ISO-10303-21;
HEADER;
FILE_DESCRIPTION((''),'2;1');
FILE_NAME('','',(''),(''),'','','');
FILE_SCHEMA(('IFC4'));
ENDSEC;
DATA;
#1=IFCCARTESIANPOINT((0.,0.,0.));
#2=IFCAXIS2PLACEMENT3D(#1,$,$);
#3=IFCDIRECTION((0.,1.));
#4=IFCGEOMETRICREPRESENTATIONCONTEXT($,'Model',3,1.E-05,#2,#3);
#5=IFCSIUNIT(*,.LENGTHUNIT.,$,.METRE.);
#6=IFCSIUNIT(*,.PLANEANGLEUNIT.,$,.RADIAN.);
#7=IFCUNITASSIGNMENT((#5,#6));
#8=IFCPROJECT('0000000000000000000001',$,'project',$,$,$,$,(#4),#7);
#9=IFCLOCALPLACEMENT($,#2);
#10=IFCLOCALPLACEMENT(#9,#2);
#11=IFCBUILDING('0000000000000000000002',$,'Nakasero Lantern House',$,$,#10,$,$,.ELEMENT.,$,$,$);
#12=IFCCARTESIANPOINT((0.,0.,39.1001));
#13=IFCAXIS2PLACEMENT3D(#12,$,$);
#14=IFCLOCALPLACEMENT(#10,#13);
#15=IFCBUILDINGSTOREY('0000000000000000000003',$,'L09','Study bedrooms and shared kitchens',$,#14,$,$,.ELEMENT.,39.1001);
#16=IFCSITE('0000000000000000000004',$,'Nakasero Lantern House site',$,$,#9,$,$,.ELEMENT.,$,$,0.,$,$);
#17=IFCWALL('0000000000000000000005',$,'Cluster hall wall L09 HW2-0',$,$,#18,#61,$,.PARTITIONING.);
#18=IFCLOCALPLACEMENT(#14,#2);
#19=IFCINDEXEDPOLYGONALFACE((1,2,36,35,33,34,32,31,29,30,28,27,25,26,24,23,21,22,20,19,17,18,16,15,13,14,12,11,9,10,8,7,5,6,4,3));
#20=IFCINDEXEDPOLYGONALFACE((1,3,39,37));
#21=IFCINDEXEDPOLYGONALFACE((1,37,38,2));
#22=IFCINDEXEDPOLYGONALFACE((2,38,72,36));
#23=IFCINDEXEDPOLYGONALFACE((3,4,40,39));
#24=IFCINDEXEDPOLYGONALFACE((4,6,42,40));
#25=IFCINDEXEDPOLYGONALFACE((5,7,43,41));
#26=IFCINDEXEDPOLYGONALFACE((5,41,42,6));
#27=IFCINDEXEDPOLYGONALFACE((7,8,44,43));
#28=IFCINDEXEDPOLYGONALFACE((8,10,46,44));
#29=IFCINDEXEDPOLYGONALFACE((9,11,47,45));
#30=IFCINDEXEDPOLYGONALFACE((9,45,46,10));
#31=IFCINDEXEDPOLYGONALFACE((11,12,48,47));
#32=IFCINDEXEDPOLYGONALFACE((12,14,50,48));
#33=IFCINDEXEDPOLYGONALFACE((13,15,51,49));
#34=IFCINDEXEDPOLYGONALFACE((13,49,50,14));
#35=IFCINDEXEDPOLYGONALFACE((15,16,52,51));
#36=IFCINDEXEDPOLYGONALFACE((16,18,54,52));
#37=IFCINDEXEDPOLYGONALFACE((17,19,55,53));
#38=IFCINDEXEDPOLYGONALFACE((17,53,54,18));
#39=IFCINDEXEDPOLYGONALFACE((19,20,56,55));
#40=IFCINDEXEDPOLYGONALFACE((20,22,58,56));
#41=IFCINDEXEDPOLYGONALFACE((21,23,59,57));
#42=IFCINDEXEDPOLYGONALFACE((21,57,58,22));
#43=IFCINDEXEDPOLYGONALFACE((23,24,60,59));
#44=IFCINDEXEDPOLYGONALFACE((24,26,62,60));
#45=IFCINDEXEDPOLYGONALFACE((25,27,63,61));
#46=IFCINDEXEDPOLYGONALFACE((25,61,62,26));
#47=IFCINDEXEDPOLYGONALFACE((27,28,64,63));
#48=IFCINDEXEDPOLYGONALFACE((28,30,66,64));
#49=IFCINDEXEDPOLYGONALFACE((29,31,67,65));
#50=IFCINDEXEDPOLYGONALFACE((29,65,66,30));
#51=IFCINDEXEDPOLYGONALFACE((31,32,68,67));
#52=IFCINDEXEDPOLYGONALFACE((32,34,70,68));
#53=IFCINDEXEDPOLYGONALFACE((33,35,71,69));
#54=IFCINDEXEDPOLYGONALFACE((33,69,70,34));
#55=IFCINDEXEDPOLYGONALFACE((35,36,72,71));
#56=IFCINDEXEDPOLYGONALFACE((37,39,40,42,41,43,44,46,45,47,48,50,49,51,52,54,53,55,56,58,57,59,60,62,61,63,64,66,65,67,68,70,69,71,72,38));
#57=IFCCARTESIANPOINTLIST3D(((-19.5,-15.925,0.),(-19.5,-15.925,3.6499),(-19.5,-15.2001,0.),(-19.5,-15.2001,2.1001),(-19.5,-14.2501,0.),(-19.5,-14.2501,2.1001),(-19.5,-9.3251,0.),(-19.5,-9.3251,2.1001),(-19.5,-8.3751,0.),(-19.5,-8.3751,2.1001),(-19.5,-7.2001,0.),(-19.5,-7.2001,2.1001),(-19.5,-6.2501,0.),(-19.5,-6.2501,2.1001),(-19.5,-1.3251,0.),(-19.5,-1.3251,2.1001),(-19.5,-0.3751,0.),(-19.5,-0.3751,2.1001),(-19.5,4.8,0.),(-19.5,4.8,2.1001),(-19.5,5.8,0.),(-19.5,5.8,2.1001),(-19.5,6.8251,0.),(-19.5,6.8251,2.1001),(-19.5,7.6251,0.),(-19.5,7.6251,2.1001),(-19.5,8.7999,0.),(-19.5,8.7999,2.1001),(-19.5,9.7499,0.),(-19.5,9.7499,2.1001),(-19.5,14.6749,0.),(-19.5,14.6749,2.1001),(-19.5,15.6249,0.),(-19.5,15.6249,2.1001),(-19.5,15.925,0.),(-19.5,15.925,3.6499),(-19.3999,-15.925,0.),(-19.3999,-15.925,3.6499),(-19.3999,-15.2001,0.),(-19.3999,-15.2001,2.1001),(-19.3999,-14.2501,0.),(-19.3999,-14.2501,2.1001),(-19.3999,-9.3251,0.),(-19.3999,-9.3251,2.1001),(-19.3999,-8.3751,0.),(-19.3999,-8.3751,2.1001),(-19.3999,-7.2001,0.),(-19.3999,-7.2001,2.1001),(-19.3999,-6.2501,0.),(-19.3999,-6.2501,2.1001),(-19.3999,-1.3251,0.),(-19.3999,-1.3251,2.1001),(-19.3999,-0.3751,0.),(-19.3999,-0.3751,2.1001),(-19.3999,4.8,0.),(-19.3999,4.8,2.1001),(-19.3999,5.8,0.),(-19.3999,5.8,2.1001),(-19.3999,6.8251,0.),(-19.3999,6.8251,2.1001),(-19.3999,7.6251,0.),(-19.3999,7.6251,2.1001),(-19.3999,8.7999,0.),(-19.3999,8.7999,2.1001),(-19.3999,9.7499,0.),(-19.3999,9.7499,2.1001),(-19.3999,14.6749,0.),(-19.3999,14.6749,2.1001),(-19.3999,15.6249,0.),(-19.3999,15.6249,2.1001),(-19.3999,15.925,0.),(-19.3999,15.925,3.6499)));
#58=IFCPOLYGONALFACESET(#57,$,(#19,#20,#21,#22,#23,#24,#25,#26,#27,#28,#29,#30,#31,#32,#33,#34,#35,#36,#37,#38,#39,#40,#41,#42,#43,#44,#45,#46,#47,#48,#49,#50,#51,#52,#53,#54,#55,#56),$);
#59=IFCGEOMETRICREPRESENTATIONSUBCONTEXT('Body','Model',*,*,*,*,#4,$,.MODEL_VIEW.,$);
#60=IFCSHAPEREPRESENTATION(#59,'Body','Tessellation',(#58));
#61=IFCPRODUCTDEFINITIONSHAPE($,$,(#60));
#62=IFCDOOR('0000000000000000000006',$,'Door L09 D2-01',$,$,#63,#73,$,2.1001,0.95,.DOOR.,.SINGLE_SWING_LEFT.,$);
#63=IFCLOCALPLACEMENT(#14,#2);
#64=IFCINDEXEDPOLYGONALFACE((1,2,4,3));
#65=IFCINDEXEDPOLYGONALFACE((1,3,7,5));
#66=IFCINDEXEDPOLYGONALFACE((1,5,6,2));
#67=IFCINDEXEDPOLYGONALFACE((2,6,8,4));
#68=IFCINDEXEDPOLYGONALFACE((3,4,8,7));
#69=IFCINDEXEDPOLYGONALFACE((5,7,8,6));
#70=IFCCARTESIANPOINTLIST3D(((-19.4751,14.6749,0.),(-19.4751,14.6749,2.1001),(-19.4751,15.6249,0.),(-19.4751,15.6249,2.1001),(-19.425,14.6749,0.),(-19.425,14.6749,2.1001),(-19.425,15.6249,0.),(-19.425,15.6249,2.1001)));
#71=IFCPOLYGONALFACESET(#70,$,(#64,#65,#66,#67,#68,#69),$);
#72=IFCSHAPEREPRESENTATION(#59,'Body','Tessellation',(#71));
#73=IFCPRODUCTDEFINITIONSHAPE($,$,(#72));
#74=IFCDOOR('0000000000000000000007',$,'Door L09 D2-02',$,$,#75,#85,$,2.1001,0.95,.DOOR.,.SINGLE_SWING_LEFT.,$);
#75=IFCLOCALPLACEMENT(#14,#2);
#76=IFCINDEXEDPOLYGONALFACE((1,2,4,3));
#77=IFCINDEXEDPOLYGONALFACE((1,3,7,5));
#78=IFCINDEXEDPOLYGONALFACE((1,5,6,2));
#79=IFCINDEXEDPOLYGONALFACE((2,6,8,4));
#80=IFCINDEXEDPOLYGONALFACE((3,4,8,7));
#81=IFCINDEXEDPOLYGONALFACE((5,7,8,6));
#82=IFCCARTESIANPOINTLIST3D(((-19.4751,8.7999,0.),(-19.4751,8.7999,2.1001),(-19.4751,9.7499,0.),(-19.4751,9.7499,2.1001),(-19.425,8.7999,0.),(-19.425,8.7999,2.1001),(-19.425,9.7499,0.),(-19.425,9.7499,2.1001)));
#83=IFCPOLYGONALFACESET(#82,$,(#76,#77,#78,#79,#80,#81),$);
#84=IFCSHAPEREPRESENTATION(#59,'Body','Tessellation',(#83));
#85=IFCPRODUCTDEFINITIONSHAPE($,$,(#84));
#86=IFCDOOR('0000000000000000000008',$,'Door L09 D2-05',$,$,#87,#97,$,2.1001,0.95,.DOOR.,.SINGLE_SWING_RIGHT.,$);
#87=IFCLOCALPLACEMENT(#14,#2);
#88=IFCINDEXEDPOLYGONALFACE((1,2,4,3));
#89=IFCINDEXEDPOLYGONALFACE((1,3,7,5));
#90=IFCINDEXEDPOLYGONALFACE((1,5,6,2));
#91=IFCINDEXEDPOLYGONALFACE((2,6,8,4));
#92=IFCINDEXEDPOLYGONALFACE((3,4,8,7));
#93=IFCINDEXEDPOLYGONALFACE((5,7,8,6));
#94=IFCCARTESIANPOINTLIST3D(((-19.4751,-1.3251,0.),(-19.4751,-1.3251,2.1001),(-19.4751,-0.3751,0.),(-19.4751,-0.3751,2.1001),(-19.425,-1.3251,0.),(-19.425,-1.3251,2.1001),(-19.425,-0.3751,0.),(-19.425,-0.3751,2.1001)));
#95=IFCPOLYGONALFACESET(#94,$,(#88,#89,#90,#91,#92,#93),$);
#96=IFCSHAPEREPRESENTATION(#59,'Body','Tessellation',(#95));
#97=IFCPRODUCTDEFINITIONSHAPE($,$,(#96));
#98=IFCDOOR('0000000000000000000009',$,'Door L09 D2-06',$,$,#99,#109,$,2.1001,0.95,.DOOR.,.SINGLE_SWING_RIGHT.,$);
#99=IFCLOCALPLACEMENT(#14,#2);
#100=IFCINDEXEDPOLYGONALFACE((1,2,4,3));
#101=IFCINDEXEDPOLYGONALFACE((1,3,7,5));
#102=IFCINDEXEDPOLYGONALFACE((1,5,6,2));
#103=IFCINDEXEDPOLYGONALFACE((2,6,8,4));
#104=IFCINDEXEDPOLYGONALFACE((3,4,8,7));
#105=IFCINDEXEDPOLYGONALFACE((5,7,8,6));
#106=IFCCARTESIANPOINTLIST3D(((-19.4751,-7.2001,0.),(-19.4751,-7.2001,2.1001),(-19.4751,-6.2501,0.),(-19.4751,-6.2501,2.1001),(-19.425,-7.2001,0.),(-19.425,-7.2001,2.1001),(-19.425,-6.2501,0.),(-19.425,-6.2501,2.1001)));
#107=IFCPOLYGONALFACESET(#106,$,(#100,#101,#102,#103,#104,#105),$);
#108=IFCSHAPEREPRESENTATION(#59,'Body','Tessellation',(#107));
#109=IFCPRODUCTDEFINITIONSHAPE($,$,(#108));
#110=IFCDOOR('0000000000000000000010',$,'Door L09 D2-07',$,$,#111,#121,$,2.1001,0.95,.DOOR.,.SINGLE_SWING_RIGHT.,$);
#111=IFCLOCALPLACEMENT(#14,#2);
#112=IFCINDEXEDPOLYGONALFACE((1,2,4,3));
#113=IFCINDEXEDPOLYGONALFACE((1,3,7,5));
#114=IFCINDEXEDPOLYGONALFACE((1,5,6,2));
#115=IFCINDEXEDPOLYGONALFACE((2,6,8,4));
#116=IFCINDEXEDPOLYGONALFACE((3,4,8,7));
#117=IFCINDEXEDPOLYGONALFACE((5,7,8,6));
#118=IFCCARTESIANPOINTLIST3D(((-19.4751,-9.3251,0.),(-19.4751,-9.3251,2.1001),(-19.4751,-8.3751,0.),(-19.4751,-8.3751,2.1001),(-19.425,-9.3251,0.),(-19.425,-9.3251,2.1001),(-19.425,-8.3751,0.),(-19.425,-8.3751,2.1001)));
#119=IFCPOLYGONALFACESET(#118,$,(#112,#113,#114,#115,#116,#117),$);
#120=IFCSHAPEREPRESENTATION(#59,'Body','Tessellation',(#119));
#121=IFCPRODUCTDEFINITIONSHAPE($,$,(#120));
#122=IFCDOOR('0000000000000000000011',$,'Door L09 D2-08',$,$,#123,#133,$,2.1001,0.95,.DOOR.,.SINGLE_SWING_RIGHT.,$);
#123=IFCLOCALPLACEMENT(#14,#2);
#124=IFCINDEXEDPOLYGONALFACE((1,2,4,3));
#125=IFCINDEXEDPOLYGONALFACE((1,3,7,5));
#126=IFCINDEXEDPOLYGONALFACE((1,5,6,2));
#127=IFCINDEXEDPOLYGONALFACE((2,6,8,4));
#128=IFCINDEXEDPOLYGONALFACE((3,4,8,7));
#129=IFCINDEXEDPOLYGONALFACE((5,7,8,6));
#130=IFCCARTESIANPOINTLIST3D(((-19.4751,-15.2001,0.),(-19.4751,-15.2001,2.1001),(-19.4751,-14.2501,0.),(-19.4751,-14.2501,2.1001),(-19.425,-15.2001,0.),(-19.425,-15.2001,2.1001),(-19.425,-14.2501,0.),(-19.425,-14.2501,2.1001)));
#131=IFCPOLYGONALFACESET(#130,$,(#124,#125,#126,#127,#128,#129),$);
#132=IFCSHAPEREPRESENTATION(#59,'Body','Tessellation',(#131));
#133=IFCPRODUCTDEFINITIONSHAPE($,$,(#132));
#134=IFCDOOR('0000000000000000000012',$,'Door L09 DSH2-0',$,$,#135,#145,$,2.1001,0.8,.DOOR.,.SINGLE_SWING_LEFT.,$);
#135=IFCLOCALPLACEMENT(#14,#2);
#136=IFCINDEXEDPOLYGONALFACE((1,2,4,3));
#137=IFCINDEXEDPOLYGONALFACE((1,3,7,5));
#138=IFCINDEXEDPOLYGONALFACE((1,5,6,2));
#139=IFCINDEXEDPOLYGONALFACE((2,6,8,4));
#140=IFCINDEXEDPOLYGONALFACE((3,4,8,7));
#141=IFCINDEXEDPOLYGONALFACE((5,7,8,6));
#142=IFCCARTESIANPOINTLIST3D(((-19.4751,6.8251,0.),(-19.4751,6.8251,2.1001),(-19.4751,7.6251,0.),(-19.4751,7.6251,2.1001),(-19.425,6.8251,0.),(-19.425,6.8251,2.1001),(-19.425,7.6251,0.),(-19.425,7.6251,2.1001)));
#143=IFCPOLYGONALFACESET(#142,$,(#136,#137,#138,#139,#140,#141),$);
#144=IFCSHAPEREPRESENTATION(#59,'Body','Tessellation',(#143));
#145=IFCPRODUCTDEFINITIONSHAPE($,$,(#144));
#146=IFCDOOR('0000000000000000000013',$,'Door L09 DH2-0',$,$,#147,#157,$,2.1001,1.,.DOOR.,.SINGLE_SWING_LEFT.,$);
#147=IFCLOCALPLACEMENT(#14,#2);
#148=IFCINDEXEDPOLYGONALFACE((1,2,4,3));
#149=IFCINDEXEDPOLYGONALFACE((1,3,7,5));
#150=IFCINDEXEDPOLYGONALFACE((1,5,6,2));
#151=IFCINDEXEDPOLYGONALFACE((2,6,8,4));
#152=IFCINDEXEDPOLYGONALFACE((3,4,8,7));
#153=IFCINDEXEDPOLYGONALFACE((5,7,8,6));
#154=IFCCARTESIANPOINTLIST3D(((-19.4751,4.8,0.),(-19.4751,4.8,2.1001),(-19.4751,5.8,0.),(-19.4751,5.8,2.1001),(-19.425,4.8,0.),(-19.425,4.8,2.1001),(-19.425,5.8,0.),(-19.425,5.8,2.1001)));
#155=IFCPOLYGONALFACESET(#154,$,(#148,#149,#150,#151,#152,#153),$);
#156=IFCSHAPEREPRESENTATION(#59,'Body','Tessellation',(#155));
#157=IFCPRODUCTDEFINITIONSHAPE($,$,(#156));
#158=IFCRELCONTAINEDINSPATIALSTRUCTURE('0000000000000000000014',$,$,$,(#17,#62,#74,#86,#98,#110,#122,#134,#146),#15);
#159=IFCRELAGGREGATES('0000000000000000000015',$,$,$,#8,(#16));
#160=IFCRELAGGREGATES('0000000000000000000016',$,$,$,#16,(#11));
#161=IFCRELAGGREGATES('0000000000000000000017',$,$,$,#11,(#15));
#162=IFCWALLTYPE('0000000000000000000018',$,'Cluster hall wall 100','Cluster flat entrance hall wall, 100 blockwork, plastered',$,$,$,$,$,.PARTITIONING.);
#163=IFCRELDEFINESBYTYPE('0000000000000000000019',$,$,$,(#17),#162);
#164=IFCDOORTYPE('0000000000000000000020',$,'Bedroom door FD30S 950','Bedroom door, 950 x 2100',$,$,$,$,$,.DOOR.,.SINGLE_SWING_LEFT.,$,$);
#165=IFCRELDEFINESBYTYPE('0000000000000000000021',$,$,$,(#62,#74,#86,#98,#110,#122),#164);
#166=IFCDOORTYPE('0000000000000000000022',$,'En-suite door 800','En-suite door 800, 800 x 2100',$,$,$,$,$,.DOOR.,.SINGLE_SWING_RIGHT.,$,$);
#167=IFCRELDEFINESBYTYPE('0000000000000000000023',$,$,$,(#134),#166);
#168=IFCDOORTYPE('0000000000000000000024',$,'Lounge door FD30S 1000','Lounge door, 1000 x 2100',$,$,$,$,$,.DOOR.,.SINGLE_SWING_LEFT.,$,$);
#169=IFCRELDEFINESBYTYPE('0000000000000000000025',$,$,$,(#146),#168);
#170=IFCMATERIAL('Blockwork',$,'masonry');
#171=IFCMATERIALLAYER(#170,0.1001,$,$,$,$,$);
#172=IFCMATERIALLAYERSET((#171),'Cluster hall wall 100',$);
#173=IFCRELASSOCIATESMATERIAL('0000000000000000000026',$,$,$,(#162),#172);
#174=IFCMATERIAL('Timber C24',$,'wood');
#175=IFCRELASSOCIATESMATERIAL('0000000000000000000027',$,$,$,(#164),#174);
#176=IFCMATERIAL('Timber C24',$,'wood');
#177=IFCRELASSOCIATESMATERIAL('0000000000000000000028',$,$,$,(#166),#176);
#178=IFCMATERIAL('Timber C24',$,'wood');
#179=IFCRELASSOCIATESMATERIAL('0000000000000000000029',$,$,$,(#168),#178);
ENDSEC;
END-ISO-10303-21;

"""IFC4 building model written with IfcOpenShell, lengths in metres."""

from ifc_helpers import new_model, si_unit, direction, frame, frame_2d, origin, place, context, subcontext, project, spatial, rectangle, extrude, material, layer, layer_set, type_object, element, fill, save


model = new_model("IFC4")

# Units and contexts
model_context = context("Model", 3, precision=1e-05, world=origin(), true_north=direction((0.0, 1.0)))
body_context = subcontext(model_context, "Body", "Model", "MODEL_VIEW")
ifc_project = project(units=[si_unit("LENGTHUNIT", "METRE"), si_unit("PLANEANGLEUNIT", "RADIAN")], contexts=[model_context])

# Site, building, storey
site_placement = place(None, origin())
site = spatial("IfcSite", under=ifc_project, at=site_placement, Name="Nakasero Lantern House site", CompositionType="ELEMENT", RefElevation=0.0)
building_placement = place(site_placement, origin())
building = spatial("IfcBuilding", under=site, at=building_placement, Name="Nakasero Lantern House", CompositionType="ELEMENT")
storey_placement = place(building_placement, frame((0.0, 0.0, 39.1001)))
storey = spatial("IfcBuildingStorey", under=building, at=storey_placement, Name="L09", Description="Study bedrooms and shared kitchens", CompositionType="ELEMENT", Elevation=39.1001)

# Wall, openings, doors
ifc_material_1 = material(Name="Blockwork", Category="masonry")
ifc_layer_1 = layer(ifc_material_1, 0.1001)
ifc_layer_set_1 = layer_set([ifc_layer_1], Name="Cluster hall wall 100")
wall_type_1 = type_object("IfcWallType", Name="Cluster hall wall 100", Description="Cluster flat entrance hall wall, 100 blockwork, plastered", PredefinedType="PARTITIONING", material=ifc_layer_set_1)
wall_1_placement = place(storey_placement, frame((-19.45, 15.925, 0.0), z_axis=(0.0, 0.0, 1.0), x_axis=(0.0, -1.0, 0.0)))
wall_1 = element("IfcWall", 1, at=wall_1_placement, inside=storey, type_object=wall_type_1, Name="Cluster hall wall L09 HW2-0", PredefinedType="PARTITIONING", context=body_context, shape_type="SweptSolid", body=[
    extrude(rectangle(XDim=31.8501, YDim=0.1001, at=frame_2d((15.925, 0.0))), origin(), (0.0, 0.0, 1.0), 3.6499),
])
opening_1_placement = place(wall_1_placement, frame((10.125, 0.0, 0.0)))
opening_1 = element("IfcOpeningElement", 2, at=opening_1_placement, cuts=wall_1, PredefinedType="OPENING", context=body_context, shape_type="SweptSolid", body=[
    extrude(rectangle(XDim=1.0, YDim=2.1001, at=frame_2d((0.5, 1.05))), frame((0.0, 0.0701, 0.0), z_axis=(0.0, -1.0, 0.0), x_axis=(1.0, 0.0, 0.0)), (0.0, 0.0, 1.0), 0.1401),
])
opening_2_placement = place(wall_1_placement, frame((8.3, 0.0, 0.0)))
opening_2 = element("IfcOpeningElement", 3, at=opening_2_placement, cuts=wall_1, PredefinedType="OPENING", context=body_context, shape_type="SweptSolid", body=[
    extrude(rectangle(XDim=0.8, YDim=2.1001, at=frame_2d((0.3999, 1.05))), frame((0.0, 0.0701, 0.0), z_axis=(0.0, -1.0, 0.0), x_axis=(1.0, 0.0, 0.0)), (0.0, 0.0, 1.0), 0.1401),
])
opening_3_placement = place(wall_1_placement, frame((0.3, 0.0, 0.0)))
opening_3 = element("IfcOpeningElement", 4, at=opening_3_placement, cuts=wall_1, PredefinedType="OPENING", context=body_context, shape_type="SweptSolid", body=[
    extrude(rectangle(XDim=0.95, YDim=2.1001, at=frame_2d((0.4751, 1.05))), frame((0.0, 0.0701, 0.0), z_axis=(0.0, -1.0, 0.0), x_axis=(1.0, 0.0, 0.0)), (0.0, 0.0, 1.0), 0.1401),
])
opening_4_placement = place(wall_1_placement, frame((6.175, 0.0, 0.0)))
opening_4 = element("IfcOpeningElement", 5, at=opening_4_placement, cuts=wall_1, PredefinedType="OPENING", context=body_context, shape_type="SweptSolid", body=[
    extrude(rectangle(XDim=0.95, YDim=2.1001, at=frame_2d((0.4751, 1.05))), frame((0.0, 0.0701, 0.0), z_axis=(0.0, -1.0, 0.0), x_axis=(1.0, 0.0, 0.0)), (0.0, 0.0, 1.0), 0.1401),
])
opening_5_placement = place(wall_1_placement, frame((16.3, 0.0, 0.0)))
opening_5 = element("IfcOpeningElement", 6, at=opening_5_placement, cuts=wall_1, PredefinedType="OPENING", context=body_context, shape_type="SweptSolid", body=[
    extrude(rectangle(XDim=0.95, YDim=2.1001, at=frame_2d((0.4751, 1.05))), frame((0.0, 0.0701, 0.0), z_axis=(0.0, -1.0, 0.0), x_axis=(1.0, 0.0, 0.0)), (0.0, 0.0, 1.0), 0.1401),
])
opening_6_placement = place(wall_1_placement, frame((22.175, 0.0, 0.0)))
opening_6 = element("IfcOpeningElement", 7, at=opening_6_placement, cuts=wall_1, PredefinedType="OPENING", context=body_context, shape_type="SweptSolid", body=[
    extrude(rectangle(XDim=0.95, YDim=2.1001, at=frame_2d((0.4751, 1.05))), frame((0.0, 0.0701, 0.0), z_axis=(0.0, -1.0, 0.0), x_axis=(1.0, 0.0, 0.0)), (0.0, 0.0, 1.0), 0.1401),
])
opening_7_placement = place(wall_1_placement, frame((24.3, 0.0, 0.0)))
opening_7 = element("IfcOpeningElement", 8, at=opening_7_placement, cuts=wall_1, PredefinedType="OPENING", context=body_context, shape_type="SweptSolid", body=[
    extrude(rectangle(XDim=0.95, YDim=2.1001, at=frame_2d((0.4751, 1.05))), frame((0.0, 0.0701, 0.0), z_axis=(0.0, -1.0, 0.0), x_axis=(1.0, 0.0, 0.0)), (0.0, 0.0, 1.0), 0.1401),
])
opening_8_placement = place(wall_1_placement, frame((30.175, 0.0, 0.0)))
opening_8 = element("IfcOpeningElement", 9, at=opening_8_placement, cuts=wall_1, PredefinedType="OPENING", context=body_context, shape_type="SweptSolid", body=[
    extrude(rectangle(XDim=0.95, YDim=2.1001, at=frame_2d((0.4751, 1.05))), frame((0.0, 0.0701, 0.0), z_axis=(0.0, -1.0, 0.0), x_axis=(1.0, 0.0, 0.0)), (0.0, 0.0, 1.0), 0.1401),
])
ifc_material_2 = material(Name="Timber C24", Category="wood")
door_type_1 = type_object("IfcDoorType", Name="Bedroom door FD30S 950", Description="Bedroom door, 950 x 2100", OperationType="SINGLE_SWING_LEFT", PredefinedType="DOOR", material=ifc_material_2)
door_1_placement = place(opening_3_placement, origin())
door_1 = element("IfcDoor", 10, at=door_1_placement, inside=storey, type_object=door_type_1, Name="Door L09 D2-01", OperationType="SINGLE_SWING_LEFT", OverallHeight=2.1001, OverallWidth=0.95, PredefinedType="DOOR", context=body_context, shape_type="SweptSolid", body=[
    extrude(rectangle(XDim=0.95, YDim=2.1001, at=frame_2d((0.4751, 1.05))), frame((0.0, 0.0249, 0.0), z_axis=(0.0, -1.0, 0.0), x_axis=(1.0, 0.0, 0.0)), (0.0, 0.0, 1.0), 0.05),
])
fill(opening_3, door_1)
door_2_placement = place(opening_4_placement, origin())
door_2 = element("IfcDoor", 11, at=door_2_placement, inside=storey, type_object=door_type_1, Name="Door L09 D2-02", OperationType="SINGLE_SWING_LEFT", OverallHeight=2.1001, OverallWidth=0.95, PredefinedType="DOOR", context=body_context, shape_type="SweptSolid", body=[
    extrude(rectangle(XDim=0.95, YDim=2.1001, at=frame_2d((0.4751, 1.05))), frame((0.0, 0.0249, 0.0), z_axis=(0.0, -1.0, 0.0), x_axis=(1.0, 0.0, 0.0)), (0.0, 0.0, 1.0), 0.05),
])
fill(opening_4, door_2)
door_3_placement = place(opening_5_placement, origin())
door_3 = element("IfcDoor", 12, at=door_3_placement, inside=storey, type_object=door_type_1, Name="Door L09 D2-05", OperationType="SINGLE_SWING_RIGHT", OverallHeight=2.1001, OverallWidth=0.95, PredefinedType="DOOR", context=body_context, shape_type="SweptSolid", body=[
    extrude(rectangle(XDim=0.95, YDim=2.1001, at=frame_2d((0.4751, 1.05))), frame((0.0, 0.0249, 0.0), z_axis=(0.0, -1.0, 0.0), x_axis=(1.0, 0.0, 0.0)), (0.0, 0.0, 1.0), 0.05),
])
fill(opening_5, door_3)
door_4_placement = place(opening_6_placement, origin())
door_4 = element("IfcDoor", 13, at=door_4_placement, inside=storey, type_object=door_type_1, Name="Door L09 D2-06", OperationType="SINGLE_SWING_RIGHT", OverallHeight=2.1001, OverallWidth=0.95, PredefinedType="DOOR", context=body_context, shape_type="SweptSolid", body=[
    extrude(rectangle(XDim=0.95, YDim=2.1001, at=frame_2d((0.4751, 1.05))), frame((0.0, 0.0249, 0.0), z_axis=(0.0, -1.0, 0.0), x_axis=(1.0, 0.0, 0.0)), (0.0, 0.0, 1.0), 0.05),
])
fill(opening_6, door_4)
door_5_placement = place(opening_7_placement, origin())
door_5 = element("IfcDoor", 14, at=door_5_placement, inside=storey, type_object=door_type_1, Name="Door L09 D2-07", OperationType="SINGLE_SWING_RIGHT", OverallHeight=2.1001, OverallWidth=0.95, PredefinedType="DOOR", context=body_context, shape_type="SweptSolid", body=[
    extrude(rectangle(XDim=0.95, YDim=2.1001, at=frame_2d((0.4751, 1.05))), frame((0.0, 0.0249, 0.0), z_axis=(0.0, -1.0, 0.0), x_axis=(1.0, 0.0, 0.0)), (0.0, 0.0, 1.0), 0.05),
])
fill(opening_7, door_5)
door_6_placement = place(opening_8_placement, origin())
door_6 = element("IfcDoor", 15, at=door_6_placement, inside=storey, type_object=door_type_1, Name="Door L09 D2-08", OperationType="SINGLE_SWING_RIGHT", OverallHeight=2.1001, OverallWidth=0.95, PredefinedType="DOOR", context=body_context, shape_type="SweptSolid", body=[
    extrude(rectangle(XDim=0.95, YDim=2.1001, at=frame_2d((0.4751, 1.05))), frame((0.0, 0.0249, 0.0), z_axis=(0.0, -1.0, 0.0), x_axis=(1.0, 0.0, 0.0)), (0.0, 0.0, 1.0), 0.05),
])
fill(opening_8, door_6)
ifc_material_3 = material(Name="Timber C24", Category="wood")
door_type_2 = type_object("IfcDoorType", Name="En-suite door 800", Description="En-suite door 800, 800 x 2100", OperationType="SINGLE_SWING_RIGHT", PredefinedType="DOOR", material=ifc_material_3)
door_7_placement = place(opening_2_placement, origin())
door_7 = element("IfcDoor", 16, at=door_7_placement, inside=storey, type_object=door_type_2, Name="Door L09 DSH2-0", OperationType="SINGLE_SWING_LEFT", OverallHeight=2.1001, OverallWidth=0.8, PredefinedType="DOOR", context=body_context, shape_type="SweptSolid", body=[
    extrude(rectangle(XDim=0.8, YDim=2.1001, at=frame_2d((0.3999, 1.05))), frame((0.0, 0.0249, 0.0), z_axis=(0.0, -1.0, 0.0), x_axis=(1.0, 0.0, 0.0)), (0.0, 0.0, 1.0), 0.05),
])
fill(opening_2, door_7)
ifc_material_4 = material(Name="Timber C24", Category="wood")
door_type_3 = type_object("IfcDoorType", Name="Lounge door FD30S 1000", Description="Lounge door, 1000 x 2100", OperationType="SINGLE_SWING_LEFT", PredefinedType="DOOR", material=ifc_material_4)
door_8_placement = place(opening_1_placement, origin())
door_8 = element("IfcDoor", 17, at=door_8_placement, inside=storey, type_object=door_type_3, Name="Door L09 DH2-0", OperationType="SINGLE_SWING_LEFT", OverallHeight=2.1001, OverallWidth=1.0, PredefinedType="DOOR", context=body_context, shape_type="SweptSolid", body=[
    extrude(rectangle(XDim=1.0, YDim=2.1001, at=frame_2d((0.5, 1.05))), frame((0.0, 0.0249, 0.0), z_axis=(0.0, -1.0, 0.0), x_axis=(1.0, 0.0, 0.0)), (0.0, 0.0, 1.0), 0.05),
])
fill(opening_1, door_8)

save(model, "model.ifc")
